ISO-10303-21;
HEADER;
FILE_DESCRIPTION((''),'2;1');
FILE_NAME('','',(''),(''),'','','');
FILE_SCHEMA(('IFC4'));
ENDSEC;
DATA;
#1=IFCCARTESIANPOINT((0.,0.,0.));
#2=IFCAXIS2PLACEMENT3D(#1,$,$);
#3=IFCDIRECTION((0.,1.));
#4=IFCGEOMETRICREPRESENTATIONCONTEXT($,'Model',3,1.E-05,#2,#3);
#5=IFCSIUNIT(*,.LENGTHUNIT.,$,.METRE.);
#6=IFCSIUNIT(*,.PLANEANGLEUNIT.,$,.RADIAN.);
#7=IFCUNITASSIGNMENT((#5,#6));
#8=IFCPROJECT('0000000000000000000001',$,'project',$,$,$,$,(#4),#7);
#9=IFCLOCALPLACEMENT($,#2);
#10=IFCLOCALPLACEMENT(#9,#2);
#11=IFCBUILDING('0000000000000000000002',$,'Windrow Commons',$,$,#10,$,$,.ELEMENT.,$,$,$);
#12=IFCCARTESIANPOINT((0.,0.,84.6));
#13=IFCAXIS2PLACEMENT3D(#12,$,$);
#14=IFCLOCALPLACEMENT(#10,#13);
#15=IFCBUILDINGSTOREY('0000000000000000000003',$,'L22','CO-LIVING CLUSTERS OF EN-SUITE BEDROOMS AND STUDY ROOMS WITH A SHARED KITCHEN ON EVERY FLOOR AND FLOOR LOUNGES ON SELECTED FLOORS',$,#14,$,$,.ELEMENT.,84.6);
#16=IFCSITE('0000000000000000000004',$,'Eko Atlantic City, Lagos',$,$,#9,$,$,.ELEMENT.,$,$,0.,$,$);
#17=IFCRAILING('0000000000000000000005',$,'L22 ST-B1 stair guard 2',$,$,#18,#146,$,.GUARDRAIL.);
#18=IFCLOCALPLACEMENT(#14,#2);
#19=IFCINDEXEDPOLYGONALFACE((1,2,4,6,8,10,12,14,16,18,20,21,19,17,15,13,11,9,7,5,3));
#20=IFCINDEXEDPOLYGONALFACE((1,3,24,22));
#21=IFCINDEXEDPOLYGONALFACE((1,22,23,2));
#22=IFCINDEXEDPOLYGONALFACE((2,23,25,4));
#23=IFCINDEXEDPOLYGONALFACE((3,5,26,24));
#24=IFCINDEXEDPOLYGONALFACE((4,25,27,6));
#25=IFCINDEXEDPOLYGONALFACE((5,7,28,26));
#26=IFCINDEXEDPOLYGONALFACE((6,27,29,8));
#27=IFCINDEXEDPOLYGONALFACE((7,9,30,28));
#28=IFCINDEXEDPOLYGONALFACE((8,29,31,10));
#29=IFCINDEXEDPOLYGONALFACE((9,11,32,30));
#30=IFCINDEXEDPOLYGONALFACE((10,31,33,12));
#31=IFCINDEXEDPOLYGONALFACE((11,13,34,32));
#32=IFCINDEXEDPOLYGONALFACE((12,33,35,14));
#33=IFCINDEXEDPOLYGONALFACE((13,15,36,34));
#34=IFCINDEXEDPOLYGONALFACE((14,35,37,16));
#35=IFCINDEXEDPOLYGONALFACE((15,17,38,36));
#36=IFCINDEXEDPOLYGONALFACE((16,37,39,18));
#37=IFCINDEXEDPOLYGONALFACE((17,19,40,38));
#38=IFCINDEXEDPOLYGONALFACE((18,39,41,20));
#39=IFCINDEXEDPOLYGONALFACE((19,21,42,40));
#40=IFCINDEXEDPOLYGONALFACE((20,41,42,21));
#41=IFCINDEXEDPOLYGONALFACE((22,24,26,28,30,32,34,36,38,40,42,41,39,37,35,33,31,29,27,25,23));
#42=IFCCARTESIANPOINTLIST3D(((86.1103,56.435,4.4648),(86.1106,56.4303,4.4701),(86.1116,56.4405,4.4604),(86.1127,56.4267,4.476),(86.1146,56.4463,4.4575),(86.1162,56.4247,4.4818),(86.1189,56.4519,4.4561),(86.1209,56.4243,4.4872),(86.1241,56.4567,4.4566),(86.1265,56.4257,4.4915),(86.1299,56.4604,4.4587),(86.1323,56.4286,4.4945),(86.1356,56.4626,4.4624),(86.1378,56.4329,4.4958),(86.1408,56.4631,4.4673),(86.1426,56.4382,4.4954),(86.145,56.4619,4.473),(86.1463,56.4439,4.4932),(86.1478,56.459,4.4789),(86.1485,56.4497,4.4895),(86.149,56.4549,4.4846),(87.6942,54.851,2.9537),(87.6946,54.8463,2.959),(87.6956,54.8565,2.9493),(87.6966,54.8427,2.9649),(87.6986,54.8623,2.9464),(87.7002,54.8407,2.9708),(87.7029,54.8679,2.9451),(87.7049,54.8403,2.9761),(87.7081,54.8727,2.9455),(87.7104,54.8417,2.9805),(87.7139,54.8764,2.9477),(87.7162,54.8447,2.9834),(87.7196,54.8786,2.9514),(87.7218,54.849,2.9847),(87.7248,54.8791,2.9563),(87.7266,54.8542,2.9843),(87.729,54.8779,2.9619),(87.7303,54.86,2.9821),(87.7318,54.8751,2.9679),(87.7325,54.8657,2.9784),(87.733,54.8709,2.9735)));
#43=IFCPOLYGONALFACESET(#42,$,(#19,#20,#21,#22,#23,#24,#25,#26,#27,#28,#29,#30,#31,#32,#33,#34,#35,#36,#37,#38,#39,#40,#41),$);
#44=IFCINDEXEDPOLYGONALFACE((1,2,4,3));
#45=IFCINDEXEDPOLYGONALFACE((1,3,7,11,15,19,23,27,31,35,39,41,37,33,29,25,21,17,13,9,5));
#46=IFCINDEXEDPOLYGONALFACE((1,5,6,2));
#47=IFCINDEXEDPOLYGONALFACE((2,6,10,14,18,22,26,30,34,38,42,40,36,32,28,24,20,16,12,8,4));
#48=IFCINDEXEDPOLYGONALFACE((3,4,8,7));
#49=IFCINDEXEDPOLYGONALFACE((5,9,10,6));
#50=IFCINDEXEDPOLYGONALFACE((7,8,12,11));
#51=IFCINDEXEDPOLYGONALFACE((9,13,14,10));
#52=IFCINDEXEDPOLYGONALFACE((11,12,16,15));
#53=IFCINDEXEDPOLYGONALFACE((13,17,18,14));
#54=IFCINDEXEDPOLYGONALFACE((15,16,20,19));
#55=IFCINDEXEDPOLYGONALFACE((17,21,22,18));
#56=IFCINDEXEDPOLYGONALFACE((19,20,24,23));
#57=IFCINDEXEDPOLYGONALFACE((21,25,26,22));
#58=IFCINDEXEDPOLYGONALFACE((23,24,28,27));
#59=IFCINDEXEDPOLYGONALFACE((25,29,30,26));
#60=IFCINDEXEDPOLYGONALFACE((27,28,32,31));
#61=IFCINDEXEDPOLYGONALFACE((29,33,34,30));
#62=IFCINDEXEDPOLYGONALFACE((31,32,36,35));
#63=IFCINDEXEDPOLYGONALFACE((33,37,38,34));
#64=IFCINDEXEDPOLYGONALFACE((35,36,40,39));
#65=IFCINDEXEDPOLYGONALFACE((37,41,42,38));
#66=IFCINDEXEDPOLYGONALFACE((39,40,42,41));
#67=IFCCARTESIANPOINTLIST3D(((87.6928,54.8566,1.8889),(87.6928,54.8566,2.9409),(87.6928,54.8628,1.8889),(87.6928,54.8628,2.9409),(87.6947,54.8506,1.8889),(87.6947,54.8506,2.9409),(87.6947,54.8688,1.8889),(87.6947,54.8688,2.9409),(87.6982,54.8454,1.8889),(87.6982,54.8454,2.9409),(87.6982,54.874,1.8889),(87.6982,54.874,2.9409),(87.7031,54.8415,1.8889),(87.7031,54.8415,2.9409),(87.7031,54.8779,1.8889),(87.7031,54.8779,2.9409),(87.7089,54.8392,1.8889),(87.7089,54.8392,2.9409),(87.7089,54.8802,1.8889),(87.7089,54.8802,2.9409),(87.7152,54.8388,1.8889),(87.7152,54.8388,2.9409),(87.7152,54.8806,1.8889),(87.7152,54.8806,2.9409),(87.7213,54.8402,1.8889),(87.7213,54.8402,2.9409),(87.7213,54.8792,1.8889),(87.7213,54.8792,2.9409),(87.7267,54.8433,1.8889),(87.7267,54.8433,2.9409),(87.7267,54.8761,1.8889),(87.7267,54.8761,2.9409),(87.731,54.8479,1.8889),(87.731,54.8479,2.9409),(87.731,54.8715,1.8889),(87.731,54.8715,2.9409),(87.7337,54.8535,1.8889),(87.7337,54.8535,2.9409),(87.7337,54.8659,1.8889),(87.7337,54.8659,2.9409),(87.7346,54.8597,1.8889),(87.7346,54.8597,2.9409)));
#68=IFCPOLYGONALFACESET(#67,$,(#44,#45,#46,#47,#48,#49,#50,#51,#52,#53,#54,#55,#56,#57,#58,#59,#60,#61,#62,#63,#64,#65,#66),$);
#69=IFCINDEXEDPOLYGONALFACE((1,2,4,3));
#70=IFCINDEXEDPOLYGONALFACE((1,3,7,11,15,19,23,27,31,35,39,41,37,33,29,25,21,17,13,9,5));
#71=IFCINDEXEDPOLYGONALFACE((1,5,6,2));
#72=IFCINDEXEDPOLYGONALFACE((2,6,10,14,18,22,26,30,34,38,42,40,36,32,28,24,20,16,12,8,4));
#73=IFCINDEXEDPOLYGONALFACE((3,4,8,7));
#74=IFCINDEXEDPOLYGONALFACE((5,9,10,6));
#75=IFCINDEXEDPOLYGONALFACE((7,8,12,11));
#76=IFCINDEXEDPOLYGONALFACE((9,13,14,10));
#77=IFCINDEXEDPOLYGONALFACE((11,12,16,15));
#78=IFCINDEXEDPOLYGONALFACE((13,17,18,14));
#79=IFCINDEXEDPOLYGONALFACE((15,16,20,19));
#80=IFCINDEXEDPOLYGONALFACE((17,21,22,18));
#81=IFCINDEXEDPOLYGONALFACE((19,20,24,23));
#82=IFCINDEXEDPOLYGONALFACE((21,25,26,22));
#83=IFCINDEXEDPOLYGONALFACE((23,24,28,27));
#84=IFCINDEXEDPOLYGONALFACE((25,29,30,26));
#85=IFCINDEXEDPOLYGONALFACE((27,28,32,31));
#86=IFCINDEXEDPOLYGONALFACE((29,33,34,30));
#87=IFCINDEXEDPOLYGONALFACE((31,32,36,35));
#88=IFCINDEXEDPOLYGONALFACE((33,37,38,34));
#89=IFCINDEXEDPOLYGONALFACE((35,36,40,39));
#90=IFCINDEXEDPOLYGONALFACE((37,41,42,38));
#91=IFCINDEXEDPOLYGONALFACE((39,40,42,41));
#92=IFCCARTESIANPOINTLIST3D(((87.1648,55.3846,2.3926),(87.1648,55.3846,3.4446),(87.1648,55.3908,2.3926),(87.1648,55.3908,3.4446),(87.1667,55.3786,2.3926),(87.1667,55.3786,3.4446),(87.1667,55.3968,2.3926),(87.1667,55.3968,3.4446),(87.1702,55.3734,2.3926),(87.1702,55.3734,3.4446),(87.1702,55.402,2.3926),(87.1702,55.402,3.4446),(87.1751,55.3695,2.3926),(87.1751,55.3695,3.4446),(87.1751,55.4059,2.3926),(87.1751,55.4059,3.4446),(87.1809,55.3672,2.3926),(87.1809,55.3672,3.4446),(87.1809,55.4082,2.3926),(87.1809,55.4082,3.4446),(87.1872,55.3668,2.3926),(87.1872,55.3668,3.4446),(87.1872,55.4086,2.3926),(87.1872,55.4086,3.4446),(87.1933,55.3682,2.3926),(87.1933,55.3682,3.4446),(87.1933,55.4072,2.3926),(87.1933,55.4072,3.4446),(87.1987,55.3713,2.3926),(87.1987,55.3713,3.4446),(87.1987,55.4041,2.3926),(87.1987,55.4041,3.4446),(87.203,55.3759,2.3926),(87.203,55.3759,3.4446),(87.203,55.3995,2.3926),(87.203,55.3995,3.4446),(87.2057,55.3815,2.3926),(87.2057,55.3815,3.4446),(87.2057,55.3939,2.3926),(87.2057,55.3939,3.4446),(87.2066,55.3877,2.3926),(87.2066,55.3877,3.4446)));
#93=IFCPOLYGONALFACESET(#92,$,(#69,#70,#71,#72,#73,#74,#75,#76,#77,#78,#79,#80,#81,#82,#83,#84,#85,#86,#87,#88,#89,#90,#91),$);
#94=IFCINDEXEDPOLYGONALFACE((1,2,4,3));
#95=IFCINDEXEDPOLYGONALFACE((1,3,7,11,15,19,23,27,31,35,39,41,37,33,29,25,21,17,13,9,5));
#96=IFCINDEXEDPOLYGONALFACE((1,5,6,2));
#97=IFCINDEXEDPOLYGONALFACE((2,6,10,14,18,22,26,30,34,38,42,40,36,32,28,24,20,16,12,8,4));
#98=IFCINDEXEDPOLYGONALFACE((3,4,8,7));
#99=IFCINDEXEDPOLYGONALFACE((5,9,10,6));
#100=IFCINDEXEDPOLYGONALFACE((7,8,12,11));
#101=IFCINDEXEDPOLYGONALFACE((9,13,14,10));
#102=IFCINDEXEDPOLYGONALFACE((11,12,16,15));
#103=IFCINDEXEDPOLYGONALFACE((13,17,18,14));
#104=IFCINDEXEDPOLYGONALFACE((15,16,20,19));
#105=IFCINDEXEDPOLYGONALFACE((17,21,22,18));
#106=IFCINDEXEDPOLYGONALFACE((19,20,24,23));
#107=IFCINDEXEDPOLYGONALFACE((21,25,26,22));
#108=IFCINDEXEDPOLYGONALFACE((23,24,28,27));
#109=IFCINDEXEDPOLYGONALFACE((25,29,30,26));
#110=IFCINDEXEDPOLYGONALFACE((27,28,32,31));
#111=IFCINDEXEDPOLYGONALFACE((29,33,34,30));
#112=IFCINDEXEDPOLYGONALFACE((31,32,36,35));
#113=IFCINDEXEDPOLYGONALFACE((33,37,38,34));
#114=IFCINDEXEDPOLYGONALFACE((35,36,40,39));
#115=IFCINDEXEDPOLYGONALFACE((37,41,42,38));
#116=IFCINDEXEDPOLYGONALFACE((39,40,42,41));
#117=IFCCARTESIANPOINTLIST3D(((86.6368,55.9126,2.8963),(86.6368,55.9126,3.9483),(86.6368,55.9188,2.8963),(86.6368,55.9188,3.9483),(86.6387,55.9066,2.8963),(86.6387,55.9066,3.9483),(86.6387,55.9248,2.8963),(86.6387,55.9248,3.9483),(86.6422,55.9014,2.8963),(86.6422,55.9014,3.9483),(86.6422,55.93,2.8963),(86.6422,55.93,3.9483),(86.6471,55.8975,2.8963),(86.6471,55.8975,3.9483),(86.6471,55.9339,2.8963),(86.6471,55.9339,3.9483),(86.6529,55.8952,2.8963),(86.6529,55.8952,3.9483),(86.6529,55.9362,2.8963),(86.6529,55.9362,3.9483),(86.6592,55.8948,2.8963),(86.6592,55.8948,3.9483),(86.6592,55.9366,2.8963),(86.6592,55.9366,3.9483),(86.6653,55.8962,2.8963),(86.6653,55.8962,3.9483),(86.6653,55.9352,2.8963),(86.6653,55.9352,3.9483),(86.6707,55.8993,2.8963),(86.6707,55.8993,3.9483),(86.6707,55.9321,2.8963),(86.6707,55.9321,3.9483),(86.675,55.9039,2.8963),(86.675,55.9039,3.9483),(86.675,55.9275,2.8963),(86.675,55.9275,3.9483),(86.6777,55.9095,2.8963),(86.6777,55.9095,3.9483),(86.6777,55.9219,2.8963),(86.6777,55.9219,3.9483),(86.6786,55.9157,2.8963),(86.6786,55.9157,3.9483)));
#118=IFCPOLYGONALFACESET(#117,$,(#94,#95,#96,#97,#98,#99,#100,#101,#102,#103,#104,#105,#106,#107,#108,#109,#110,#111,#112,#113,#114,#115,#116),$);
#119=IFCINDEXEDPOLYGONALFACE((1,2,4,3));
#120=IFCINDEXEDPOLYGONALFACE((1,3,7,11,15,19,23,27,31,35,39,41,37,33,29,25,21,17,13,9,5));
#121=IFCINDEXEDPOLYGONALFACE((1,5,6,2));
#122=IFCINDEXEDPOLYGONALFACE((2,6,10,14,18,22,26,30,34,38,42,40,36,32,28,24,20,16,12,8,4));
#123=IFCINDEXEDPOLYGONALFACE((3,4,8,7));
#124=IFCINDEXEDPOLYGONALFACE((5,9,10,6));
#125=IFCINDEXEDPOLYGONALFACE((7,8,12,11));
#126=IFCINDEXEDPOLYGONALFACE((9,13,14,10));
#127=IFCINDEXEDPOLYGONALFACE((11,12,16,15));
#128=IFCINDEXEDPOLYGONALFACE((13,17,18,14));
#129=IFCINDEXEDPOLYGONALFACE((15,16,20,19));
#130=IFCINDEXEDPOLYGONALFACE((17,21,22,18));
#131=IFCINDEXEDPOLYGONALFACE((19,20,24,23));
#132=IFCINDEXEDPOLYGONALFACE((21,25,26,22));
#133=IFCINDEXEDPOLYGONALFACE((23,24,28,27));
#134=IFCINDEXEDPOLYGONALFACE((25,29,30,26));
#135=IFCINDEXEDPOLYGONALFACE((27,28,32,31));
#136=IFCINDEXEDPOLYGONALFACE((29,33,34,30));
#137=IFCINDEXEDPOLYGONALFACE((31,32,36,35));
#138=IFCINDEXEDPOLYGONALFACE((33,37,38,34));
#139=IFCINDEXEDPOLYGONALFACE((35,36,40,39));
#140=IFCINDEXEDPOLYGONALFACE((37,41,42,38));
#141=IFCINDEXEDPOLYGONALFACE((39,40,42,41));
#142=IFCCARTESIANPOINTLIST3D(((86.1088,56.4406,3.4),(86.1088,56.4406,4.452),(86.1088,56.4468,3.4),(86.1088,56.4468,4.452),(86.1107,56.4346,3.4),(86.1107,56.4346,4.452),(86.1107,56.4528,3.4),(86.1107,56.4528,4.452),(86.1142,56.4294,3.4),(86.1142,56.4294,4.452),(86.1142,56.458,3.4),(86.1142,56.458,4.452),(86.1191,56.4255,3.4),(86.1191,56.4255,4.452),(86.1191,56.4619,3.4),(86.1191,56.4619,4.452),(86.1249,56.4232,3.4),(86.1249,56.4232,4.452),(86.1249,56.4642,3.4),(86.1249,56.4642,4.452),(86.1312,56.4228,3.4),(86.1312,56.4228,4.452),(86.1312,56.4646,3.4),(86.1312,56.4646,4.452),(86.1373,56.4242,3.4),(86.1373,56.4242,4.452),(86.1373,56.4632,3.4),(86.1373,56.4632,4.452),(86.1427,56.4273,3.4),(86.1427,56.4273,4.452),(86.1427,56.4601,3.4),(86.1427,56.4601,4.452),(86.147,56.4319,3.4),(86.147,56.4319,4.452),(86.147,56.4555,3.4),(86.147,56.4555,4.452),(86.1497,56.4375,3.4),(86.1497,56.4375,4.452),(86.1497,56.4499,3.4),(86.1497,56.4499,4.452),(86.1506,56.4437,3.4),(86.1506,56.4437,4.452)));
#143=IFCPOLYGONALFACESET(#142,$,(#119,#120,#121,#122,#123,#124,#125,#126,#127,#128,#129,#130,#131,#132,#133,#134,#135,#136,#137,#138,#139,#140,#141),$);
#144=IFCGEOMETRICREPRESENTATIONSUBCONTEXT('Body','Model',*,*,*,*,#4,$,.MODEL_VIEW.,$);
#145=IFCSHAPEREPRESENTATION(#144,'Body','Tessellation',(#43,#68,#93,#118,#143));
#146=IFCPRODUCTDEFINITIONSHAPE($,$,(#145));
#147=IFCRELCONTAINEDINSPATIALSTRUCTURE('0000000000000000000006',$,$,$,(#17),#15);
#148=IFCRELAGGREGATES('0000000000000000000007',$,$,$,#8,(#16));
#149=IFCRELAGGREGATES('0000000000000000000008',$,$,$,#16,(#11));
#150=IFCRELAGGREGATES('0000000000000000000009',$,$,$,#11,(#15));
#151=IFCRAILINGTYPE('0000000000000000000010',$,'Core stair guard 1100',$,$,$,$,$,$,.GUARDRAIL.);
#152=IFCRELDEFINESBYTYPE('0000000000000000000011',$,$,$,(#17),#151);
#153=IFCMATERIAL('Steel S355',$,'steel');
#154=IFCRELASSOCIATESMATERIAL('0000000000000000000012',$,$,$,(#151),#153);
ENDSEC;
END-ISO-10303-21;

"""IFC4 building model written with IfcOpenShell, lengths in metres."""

from ifc_helpers import new_model, si_unit, direction, frame, origin, origin_2d, place, context, subcontext, project, spatial, circle, extrude, material, type_object, element, save


model = new_model("IFC4")

# Units and contexts
model_context = context("Model", 3, precision=1e-05, world=origin(), true_north=direction((0.0, 1.0)))
body_context = subcontext(model_context, "Body", "Model", "MODEL_VIEW")
ifc_project = project(units=[si_unit("LENGTHUNIT", "METRE"), si_unit("PLANEANGLEUNIT", "RADIAN")], contexts=[model_context])

# Site, building, storey
site_placement = place(None, origin())
site = spatial("IfcSite", under=ifc_project, at=site_placement, Name="Eko Atlantic City, Lagos", CompositionType="ELEMENT", RefElevation=0.0)
building_placement = place(site_placement, origin())
building = spatial("IfcBuilding", under=site, at=building_placement, Name="Windrow Commons", CompositionType="ELEMENT")
storey_placement = place(building_placement, frame((0.0, 0.0, 84.6)))
storey = spatial("IfcBuildingStorey", under=building, at=storey_placement, Name="L22", Description="CO-LIVING CLUSTERS OF EN-SUITE BEDROOMS AND STUDY ROOMS WITH A SHARED KITCHEN ON EVERY FLOOR AND FLOOR LOUNGES ON SELECTED FLOORS", CompositionType="ELEMENT", Elevation=84.6)

# Railing
ifc_material_1 = material(Name="Steel S355", Category="steel")
railing_type_1 = type_object("IfcRailingType", Name="Core stair guard 1100", PredefinedType="GUARDRAIL", material=ifc_material_1)
railing_1_placement = place(storey_placement, frame((87.7136, 54.8597, 1.8889)))
element("IfcRailing", 1, at=railing_1_placement, inside=storey, type_object=railing_type_1, Name="L22 ST-B1 stair guard 2", PredefinedType="GUARDRAIL", context=body_context, shape_type="SweptSolid", body=[
    extrude(circle(Radius=0.024, at=origin_2d()), frame((0.0, 0.0, 1.076), z_axis=(-0.586203, 0.586203, 0.559224), x_axis=(-0.707107, -0.707107, 0.0)), (0.0, 0.0, 1.0), 2.7021),
    extrude(circle(Radius=0.021, at=origin_2d()), origin(), (0.0, 0.0, 1.0), 1.052),
    extrude(circle(Radius=0.021, at=origin_2d()), frame((-0.528, 0.528, 0.5037)), (0.0, 0.0, 1.0), 1.052),
    extrude(circle(Radius=0.021, at=origin_2d()), frame((-1.056, 1.056, 1.0074)), (0.0, 0.0, 1.0), 1.052),
    extrude(circle(Radius=0.021, at=origin_2d()), frame((-1.584, 1.584, 1.5111)), (0.0, 0.0, 1.0), 1.052),
])

save(model, "model.ifc")
